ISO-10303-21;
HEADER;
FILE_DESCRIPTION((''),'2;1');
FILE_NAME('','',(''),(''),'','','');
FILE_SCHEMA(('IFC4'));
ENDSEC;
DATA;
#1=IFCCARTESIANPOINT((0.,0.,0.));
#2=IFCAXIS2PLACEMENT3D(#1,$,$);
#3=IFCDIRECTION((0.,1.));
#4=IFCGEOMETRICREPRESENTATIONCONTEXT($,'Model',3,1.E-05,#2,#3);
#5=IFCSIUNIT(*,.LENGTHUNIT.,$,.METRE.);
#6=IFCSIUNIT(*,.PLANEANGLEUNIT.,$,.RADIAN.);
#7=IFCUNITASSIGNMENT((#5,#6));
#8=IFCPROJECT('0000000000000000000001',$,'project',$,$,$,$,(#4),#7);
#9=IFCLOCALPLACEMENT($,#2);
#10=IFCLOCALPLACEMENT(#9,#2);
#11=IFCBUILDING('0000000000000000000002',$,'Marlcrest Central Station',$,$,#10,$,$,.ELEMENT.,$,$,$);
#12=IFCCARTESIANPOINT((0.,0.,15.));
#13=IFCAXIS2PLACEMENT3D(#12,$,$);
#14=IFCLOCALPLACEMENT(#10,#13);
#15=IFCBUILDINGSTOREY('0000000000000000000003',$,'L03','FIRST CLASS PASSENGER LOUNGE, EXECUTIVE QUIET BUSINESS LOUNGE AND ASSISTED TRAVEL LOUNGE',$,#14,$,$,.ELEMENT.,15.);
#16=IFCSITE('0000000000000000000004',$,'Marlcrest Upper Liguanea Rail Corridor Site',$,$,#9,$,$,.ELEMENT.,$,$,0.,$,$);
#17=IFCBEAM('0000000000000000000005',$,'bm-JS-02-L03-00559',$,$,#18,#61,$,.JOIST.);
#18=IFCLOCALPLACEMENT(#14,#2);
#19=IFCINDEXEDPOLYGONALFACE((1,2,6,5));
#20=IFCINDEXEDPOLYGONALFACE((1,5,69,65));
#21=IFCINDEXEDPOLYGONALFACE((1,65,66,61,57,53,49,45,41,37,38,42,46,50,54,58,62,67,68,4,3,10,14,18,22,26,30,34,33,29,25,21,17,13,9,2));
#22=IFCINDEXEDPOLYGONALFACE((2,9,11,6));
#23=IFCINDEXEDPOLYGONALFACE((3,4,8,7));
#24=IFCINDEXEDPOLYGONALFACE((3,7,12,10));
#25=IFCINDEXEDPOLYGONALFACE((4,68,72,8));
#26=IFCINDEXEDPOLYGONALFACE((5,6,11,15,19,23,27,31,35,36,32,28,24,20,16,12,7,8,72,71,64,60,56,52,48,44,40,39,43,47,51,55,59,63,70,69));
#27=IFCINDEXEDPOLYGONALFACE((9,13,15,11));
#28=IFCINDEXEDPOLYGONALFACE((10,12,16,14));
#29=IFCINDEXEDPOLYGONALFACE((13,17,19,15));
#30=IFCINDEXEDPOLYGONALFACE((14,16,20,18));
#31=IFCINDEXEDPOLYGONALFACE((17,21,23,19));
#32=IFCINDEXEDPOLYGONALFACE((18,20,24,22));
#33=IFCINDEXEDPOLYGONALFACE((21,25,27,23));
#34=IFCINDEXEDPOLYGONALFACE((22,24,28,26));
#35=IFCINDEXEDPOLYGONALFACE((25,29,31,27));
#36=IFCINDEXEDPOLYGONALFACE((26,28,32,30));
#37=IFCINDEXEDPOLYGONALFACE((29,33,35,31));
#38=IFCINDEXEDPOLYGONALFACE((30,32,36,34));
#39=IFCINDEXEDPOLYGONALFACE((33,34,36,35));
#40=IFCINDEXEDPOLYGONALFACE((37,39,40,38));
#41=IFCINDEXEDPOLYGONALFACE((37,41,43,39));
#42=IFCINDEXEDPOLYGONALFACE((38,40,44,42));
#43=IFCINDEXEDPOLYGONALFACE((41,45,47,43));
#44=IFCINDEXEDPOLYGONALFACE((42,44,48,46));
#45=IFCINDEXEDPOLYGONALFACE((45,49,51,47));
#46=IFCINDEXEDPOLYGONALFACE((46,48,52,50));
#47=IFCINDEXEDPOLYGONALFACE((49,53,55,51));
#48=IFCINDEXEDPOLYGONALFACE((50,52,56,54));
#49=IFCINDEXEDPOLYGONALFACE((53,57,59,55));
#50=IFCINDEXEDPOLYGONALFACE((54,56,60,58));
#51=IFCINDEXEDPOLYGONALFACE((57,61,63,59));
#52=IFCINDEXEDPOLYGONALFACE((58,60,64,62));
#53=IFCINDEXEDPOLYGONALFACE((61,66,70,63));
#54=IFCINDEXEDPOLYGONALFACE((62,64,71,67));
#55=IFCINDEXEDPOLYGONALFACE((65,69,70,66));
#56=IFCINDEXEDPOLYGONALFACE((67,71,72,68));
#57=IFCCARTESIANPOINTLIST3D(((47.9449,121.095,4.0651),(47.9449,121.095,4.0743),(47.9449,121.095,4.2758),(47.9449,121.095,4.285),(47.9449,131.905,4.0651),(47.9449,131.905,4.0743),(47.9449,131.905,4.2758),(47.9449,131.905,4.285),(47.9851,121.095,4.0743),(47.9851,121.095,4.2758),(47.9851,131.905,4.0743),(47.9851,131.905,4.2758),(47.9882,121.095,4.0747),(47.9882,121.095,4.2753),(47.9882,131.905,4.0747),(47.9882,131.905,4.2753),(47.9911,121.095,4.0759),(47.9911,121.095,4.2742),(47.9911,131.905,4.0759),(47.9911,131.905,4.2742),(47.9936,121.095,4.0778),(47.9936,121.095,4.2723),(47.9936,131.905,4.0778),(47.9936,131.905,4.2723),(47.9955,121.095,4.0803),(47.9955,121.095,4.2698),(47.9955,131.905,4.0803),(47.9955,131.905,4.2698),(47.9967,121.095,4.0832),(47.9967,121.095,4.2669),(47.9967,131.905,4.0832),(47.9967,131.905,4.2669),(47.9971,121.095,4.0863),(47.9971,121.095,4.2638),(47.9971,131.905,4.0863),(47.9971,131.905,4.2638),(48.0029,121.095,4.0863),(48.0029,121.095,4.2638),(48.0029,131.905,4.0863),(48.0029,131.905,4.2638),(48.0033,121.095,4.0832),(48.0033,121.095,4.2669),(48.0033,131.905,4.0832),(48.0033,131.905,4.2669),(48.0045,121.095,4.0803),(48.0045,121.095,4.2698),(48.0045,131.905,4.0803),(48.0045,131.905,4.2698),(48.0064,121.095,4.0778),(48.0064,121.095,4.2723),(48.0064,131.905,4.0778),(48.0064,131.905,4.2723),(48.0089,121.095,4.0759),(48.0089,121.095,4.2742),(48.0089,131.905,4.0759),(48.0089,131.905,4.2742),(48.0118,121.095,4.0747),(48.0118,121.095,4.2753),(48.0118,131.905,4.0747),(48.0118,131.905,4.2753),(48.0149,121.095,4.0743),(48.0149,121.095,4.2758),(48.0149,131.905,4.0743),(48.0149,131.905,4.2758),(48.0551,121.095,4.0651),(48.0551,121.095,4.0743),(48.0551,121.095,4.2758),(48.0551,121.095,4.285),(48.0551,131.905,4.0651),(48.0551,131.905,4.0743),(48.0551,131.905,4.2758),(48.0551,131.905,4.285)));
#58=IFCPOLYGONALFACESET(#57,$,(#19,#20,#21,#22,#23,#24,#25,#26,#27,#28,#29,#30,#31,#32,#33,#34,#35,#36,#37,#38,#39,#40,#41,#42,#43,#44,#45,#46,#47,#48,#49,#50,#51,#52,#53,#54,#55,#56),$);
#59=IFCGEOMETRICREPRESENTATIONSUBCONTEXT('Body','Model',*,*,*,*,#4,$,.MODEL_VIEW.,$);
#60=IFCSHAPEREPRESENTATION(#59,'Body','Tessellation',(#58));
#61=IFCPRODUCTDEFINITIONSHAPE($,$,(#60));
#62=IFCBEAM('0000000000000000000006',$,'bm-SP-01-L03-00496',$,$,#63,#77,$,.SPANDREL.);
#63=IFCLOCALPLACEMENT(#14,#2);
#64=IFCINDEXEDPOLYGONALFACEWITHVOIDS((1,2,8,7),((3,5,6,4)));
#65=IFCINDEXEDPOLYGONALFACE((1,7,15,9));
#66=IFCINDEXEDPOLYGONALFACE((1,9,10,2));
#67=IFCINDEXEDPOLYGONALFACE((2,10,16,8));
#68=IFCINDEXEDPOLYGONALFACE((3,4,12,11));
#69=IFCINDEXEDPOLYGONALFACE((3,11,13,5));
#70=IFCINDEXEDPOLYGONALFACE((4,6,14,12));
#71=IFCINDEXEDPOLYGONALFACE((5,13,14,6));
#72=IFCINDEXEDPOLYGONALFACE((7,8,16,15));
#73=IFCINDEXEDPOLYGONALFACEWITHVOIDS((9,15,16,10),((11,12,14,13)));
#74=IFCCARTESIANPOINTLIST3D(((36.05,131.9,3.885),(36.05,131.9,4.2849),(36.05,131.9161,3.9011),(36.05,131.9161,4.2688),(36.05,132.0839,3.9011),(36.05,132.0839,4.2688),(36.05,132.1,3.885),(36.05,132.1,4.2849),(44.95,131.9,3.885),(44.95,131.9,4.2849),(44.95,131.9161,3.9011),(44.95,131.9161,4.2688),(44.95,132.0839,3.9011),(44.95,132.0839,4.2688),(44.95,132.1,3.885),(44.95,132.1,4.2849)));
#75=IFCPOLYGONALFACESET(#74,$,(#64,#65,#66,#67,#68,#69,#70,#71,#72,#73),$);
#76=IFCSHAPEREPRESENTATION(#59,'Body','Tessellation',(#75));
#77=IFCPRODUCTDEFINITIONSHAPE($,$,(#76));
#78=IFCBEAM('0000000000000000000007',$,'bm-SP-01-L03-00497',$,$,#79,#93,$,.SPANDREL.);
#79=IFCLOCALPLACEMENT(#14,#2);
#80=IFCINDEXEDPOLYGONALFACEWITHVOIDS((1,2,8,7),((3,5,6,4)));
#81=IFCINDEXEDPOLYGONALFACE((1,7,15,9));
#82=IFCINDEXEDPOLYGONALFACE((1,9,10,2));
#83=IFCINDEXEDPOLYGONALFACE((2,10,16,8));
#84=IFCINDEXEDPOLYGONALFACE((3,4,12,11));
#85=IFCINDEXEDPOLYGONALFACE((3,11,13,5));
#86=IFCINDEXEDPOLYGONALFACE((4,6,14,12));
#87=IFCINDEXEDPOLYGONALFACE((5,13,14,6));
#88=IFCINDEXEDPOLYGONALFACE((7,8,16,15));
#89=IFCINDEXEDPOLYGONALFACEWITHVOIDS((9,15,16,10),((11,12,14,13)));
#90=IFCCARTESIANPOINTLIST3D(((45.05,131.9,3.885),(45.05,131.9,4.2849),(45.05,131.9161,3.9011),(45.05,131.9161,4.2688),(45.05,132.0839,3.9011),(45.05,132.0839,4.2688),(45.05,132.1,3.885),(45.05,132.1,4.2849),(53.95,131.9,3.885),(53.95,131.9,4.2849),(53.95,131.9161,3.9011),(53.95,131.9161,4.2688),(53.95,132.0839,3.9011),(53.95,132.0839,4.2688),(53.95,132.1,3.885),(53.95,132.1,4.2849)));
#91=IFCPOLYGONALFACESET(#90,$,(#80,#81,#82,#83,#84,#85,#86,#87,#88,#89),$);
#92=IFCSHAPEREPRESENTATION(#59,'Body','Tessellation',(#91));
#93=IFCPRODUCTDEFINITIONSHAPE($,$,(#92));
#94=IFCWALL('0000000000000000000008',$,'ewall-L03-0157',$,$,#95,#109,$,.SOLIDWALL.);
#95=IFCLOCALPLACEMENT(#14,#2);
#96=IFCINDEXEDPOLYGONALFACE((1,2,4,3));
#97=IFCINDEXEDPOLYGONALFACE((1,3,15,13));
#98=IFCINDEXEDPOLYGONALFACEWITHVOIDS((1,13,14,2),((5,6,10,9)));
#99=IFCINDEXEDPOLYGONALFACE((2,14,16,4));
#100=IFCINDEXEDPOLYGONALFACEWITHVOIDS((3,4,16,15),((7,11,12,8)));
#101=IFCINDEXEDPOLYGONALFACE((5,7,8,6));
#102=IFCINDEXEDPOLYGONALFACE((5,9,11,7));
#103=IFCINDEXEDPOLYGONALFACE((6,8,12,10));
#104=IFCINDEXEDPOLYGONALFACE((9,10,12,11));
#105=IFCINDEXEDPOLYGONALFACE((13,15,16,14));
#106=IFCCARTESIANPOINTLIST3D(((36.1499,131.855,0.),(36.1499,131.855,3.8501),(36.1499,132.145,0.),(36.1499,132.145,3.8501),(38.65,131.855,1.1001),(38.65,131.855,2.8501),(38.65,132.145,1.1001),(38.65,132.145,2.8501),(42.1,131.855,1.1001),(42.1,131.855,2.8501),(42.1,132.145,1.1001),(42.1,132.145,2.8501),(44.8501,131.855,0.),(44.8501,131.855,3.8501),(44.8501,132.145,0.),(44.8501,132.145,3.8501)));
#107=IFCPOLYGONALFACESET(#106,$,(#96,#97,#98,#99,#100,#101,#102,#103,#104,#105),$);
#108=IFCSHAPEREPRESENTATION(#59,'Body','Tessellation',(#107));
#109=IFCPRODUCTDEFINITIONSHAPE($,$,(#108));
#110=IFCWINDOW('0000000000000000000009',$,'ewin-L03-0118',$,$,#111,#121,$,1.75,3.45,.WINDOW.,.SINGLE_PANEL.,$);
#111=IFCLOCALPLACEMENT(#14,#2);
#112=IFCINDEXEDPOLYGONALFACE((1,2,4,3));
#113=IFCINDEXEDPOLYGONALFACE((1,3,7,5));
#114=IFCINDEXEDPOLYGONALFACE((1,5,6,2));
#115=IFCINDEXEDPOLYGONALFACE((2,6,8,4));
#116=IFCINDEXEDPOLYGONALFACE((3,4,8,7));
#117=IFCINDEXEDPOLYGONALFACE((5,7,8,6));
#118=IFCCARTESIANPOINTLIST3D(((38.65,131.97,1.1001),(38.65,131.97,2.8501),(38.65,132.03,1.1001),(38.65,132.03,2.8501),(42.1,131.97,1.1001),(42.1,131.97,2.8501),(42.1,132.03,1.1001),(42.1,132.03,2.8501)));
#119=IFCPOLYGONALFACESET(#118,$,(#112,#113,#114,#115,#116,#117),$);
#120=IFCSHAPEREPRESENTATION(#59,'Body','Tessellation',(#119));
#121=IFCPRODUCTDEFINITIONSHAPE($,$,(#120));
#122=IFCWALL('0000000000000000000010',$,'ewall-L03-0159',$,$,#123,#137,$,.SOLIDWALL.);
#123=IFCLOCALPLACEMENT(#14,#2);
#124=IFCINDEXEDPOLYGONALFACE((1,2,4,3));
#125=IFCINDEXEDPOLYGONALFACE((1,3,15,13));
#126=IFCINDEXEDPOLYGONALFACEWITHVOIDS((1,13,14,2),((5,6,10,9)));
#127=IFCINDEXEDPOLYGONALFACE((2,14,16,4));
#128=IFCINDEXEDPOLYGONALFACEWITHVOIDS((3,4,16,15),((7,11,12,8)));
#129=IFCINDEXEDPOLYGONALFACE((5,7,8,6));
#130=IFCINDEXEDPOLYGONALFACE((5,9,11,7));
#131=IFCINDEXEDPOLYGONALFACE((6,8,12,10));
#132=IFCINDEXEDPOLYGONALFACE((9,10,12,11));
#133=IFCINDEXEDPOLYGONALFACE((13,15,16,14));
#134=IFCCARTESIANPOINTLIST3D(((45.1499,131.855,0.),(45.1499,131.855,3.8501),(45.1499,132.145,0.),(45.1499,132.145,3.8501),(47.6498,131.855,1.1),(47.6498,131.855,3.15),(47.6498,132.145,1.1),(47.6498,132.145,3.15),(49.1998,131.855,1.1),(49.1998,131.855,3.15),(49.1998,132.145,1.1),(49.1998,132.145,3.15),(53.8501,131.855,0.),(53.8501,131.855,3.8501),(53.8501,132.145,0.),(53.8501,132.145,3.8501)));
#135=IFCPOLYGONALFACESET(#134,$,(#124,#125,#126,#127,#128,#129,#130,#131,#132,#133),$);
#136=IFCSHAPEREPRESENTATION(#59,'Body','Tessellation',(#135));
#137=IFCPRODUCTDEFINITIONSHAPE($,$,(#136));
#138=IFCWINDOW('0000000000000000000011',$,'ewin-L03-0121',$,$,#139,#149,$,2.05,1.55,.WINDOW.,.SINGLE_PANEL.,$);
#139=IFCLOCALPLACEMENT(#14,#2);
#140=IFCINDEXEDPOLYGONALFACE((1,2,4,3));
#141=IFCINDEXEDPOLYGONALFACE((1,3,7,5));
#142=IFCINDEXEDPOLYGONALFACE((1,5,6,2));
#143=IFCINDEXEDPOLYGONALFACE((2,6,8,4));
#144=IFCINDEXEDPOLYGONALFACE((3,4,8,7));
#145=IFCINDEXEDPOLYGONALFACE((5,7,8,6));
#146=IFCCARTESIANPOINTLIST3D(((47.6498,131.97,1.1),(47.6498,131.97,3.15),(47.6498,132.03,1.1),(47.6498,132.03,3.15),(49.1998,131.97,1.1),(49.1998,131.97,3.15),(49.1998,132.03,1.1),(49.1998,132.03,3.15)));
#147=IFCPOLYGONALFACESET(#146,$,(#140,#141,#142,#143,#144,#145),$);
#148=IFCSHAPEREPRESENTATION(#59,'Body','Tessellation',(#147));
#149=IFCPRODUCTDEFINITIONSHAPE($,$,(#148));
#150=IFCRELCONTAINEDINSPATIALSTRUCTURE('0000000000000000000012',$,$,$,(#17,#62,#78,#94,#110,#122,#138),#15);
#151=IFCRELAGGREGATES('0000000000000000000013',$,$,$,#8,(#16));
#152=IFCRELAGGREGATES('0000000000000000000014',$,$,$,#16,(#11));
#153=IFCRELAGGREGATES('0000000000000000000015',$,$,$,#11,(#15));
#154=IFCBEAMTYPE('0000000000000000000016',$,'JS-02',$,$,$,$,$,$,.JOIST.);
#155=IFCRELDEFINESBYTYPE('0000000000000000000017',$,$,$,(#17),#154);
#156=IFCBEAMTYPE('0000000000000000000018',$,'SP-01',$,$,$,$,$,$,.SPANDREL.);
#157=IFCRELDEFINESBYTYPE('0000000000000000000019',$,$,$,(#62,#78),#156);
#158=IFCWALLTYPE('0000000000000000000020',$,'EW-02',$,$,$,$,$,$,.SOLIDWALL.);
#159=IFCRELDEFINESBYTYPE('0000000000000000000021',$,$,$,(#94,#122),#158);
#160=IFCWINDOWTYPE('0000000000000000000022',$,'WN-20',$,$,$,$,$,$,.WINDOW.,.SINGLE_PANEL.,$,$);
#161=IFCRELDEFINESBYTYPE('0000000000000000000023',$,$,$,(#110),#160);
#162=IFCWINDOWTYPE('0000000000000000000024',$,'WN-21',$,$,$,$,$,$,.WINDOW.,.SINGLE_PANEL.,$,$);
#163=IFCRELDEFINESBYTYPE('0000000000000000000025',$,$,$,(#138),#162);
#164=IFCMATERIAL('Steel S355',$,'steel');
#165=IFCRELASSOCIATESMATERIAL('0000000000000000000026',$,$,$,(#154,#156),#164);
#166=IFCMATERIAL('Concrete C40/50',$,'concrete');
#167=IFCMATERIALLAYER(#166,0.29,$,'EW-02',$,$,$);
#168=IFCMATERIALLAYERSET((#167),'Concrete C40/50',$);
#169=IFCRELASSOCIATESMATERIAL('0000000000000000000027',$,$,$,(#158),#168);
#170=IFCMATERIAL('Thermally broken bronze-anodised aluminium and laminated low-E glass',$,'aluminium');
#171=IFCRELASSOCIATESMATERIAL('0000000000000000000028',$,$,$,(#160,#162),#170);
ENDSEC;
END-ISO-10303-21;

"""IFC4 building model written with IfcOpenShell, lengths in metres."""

from ifc_helpers import new_model, si_unit, direction, frame, frame_2d, origin, origin_2d, place, context, subcontext, project, spatial, rectangle, hollow_rectangle, i_section, extrude, material, layer, layer_set, material_profile, profile_set, type_object, element, fill, save


model = new_model("IFC4")

# Units and contexts
model_context = context("Model", 3, precision=1e-05, world=origin(), true_north=direction((0.0, 1.0)))
body_context = subcontext(model_context, "Body", "Model", "MODEL_VIEW")
ifc_project = project(units=[si_unit("LENGTHUNIT", "METRE"), si_unit("PLANEANGLEUNIT", "RADIAN")], contexts=[model_context])

# Site, building, storey
site_placement = place(None, origin())
site = spatial("IfcSite", under=ifc_project, at=site_placement, Name="Marlcrest Upper Liguanea Rail Corridor Site", CompositionType="ELEMENT", RefElevation=0.0)
building_placement = place(site_placement, origin())
building = spatial("IfcBuilding", under=site, at=building_placement, Name="Marlcrest Central Station", CompositionType="ELEMENT")
storey_placement = place(building_placement, frame((0.0, 0.0, 15.0)))
storey = spatial("IfcBuildingStorey", under=building, at=storey_placement, Name="L03", Description="FIRST CLASS PASSENGER LOUNGE, EXECUTIVE QUIET BUSINESS LOUNGE AND ASSISTED TRAVEL LOUNGE", CompositionType="ELEMENT", Elevation=15.0)

# Shared definitions
ifc_material_1 = material(Name="Steel S355", Category="steel")

# Beams
ifc_material_profile_1 = material_profile(ifc_material_1, i_section(OverallWidth=0.1101, OverallDepth=0.22, WebThickness=0.0059, FlangeThickness=0.0093, FilletRadius=0.012, at=origin_2d()), Name="IPE 220")
ifc_profile_set_1 = profile_set([ifc_material_profile_1], Name="Steel S355")
beam_type_1 = type_object("IfcBeamType", Name="JS-02", PredefinedType="JOIST", material=ifc_profile_set_1)
beam_1_placement = place(storey_placement, frame((48.0, 121.095, 4.175), z_axis=(0.0, 1.0, 0.0), x_axis=(-1.0, 0.0, 0.0)))
element("IfcBeam", 1, at=beam_1_placement, inside=storey, type_object=beam_type_1, Name="bm-JS-02-L03-00559", PredefinedType="JOIST", context=body_context, shape_type="SweptSolid", body=[
    extrude(i_section(OverallWidth=0.1101, OverallDepth=0.22, WebThickness=0.0059, FlangeThickness=0.0093, FilletRadius=0.012, at=origin_2d()), origin(), (0.0, 0.0, 1.0), 10.8101),
])
ifc_material_profile_2 = material_profile(ifc_material_1, hollow_rectangle(XDim=0.2, YDim=0.3999, WallThickness=0.0161, at=origin_2d()), Name="RHS 400x200x16")
ifc_profile_set_2 = profile_set([ifc_material_profile_2], Name="Steel S355")
beam_type_2 = type_object("IfcBeamType", Name="SP-01", PredefinedType="SPANDREL", material=ifc_profile_set_2)
for number, where, z_axis, x_axis, name in (
    (2, (36.05, 132.0, 4.085), (1.0, 0.0, 0.0), (0.0, 1.0, 0.0), "bm-SP-01-L03-00496"),
    (3, (45.05, 132.0, 4.085), (1.0, 0.0, 0.0), (0.0, 1.0, 0.0), "bm-SP-01-L03-00497"),
):
    element("IfcBeam", number, at=place(storey_placement, frame(where, z_axis=z_axis, x_axis=x_axis)), inside=storey, type_object=beam_type_2, Name=name, PredefinedType="SPANDREL", context=body_context, shape_type="SweptSolid", body=[
        extrude(hollow_rectangle(XDim=0.2, YDim=0.3999, WallThickness=0.0161, at=origin_2d()), origin(), (0.0, 0.0, 1.0), 8.8999),
    ])

# Walls, openings, windows
ifc_material_2 = material(Name="Concrete C40/50", Category="concrete")
ifc_layer_1 = layer(ifc_material_2, 0.29, Name="EW-02")
ifc_layer_set_1 = layer_set([ifc_layer_1], Name="Concrete C40/50")
wall_type_1 = type_object("IfcWallType", Name="EW-02", PredefinedType="SOLIDWALL", material=ifc_layer_set_1)
wall_1_placement = place(storey_placement, frame((36.1499, 132.0, 0.0), z_axis=(0.0, 0.0, 1.0), x_axis=(1.0, 0.0, 0.0)))
wall_1 = element("IfcWall", 4, at=wall_1_placement, inside=storey, type_object=wall_type_1, Name="ewall-L03-0157", PredefinedType="SOLIDWALL", context=body_context, shape_type="SweptSolid", body=[
    extrude(rectangle(XDim=8.7002, YDim=0.29, at=frame_2d((4.3501, 0.0))), origin(), (0.0, 0.0, 1.0), 3.8501),
])
opening_1_placement = place(wall_1_placement, frame((2.5, 0.0, 1.1001)))
opening_1 = element("IfcOpeningElement", 5, at=opening_1_placement, cuts=wall_1, PredefinedType="OPENING", context=body_context, shape_type="SweptSolid", body=[
    extrude(rectangle(XDim=3.45, YDim=1.75, at=frame_2d((1.7251, 0.875))), frame((0.0, 0.155, 0.0), z_axis=(0.0, -1.0, 0.0), x_axis=(1.0, 0.0, 0.0)), (0.0, 0.0, 1.0), 0.3101),
])
ifc_material_3 = material(Name="Thermally broken bronze-anodised aluminium and laminated low-E glass", Category="aluminium")
window_type_1 = type_object("IfcWindowType", Name="WN-20", PartitioningType="SINGLE_PANEL", PredefinedType="WINDOW", material=ifc_material_3)
window_1_placement = place(opening_1_placement, origin())
window_1 = element("IfcWindow", 6, at=window_1_placement, inside=storey, type_object=window_type_1, Name="ewin-L03-0118", OverallHeight=1.75, OverallWidth=3.45, PartitioningType="SINGLE_PANEL", PredefinedType="WINDOW", context=body_context, shape_type="SweptSolid", body=[
    extrude(rectangle(XDim=3.45, YDim=1.75, at=frame_2d((1.7251, 0.875))), frame((0.0, 0.03, 0.0), z_axis=(0.0, -1.0, 0.0), x_axis=(1.0, 0.0, 0.0)), (0.0, 0.0, 1.0), 0.0601),
])
fill(opening_1, window_1)
wall_2_placement = place(storey_placement, frame((45.1499, 132.0, 0.0), z_axis=(0.0, 0.0, 1.0), x_axis=(1.0, 0.0, 0.0)))
wall_2 = element("IfcWall", 7, at=wall_2_placement, inside=storey, type_object=wall_type_1, Name="ewall-L03-0159", PredefinedType="SOLIDWALL", context=body_context, shape_type="SweptSolid", body=[
    extrude(rectangle(XDim=8.7002, YDim=0.29, at=frame_2d((4.3501, 0.0))), origin(), (0.0, 0.0, 1.0), 3.8501),
])
opening_2_placement = place(wall_2_placement, frame((2.5, 0.0, 1.1001)))
opening_2 = element("IfcOpeningElement", 8, at=opening_2_placement, cuts=wall_2, PredefinedType="OPENING", context=body_context, shape_type="SweptSolid", body=[
    extrude(rectangle(XDim=1.55, YDim=2.05, at=frame_2d((0.7749, 1.0249))), frame((0.0, 0.155, 0.0), z_axis=(0.0, -1.0, 0.0), x_axis=(1.0, 0.0, 0.0)), (0.0, 0.0, 1.0), 0.3101),
])
window_type_2 = type_object("IfcWindowType", Name="WN-21", PartitioningType="SINGLE_PANEL", PredefinedType="WINDOW", material=ifc_material_3)
window_2_placement = place(opening_2_placement, origin())
window_2 = element("IfcWindow", 9, at=window_2_placement, inside=storey, type_object=window_type_2, Name="ewin-L03-0121", OverallHeight=2.05, OverallWidth=1.55, PartitioningType="SINGLE_PANEL", PredefinedType="WINDOW", context=body_context, shape_type="SweptSolid", body=[
    extrude(rectangle(XDim=1.55, YDim=2.05, at=frame_2d((0.7749, 1.0249))), frame((0.0, 0.03, 0.0), z_axis=(0.0, -1.0, 0.0), x_axis=(1.0, 0.0, 0.0)), (0.0, 0.0, 1.0), 0.0601),
])
fill(opening_2, window_2)

save(model, "model.ifc")
